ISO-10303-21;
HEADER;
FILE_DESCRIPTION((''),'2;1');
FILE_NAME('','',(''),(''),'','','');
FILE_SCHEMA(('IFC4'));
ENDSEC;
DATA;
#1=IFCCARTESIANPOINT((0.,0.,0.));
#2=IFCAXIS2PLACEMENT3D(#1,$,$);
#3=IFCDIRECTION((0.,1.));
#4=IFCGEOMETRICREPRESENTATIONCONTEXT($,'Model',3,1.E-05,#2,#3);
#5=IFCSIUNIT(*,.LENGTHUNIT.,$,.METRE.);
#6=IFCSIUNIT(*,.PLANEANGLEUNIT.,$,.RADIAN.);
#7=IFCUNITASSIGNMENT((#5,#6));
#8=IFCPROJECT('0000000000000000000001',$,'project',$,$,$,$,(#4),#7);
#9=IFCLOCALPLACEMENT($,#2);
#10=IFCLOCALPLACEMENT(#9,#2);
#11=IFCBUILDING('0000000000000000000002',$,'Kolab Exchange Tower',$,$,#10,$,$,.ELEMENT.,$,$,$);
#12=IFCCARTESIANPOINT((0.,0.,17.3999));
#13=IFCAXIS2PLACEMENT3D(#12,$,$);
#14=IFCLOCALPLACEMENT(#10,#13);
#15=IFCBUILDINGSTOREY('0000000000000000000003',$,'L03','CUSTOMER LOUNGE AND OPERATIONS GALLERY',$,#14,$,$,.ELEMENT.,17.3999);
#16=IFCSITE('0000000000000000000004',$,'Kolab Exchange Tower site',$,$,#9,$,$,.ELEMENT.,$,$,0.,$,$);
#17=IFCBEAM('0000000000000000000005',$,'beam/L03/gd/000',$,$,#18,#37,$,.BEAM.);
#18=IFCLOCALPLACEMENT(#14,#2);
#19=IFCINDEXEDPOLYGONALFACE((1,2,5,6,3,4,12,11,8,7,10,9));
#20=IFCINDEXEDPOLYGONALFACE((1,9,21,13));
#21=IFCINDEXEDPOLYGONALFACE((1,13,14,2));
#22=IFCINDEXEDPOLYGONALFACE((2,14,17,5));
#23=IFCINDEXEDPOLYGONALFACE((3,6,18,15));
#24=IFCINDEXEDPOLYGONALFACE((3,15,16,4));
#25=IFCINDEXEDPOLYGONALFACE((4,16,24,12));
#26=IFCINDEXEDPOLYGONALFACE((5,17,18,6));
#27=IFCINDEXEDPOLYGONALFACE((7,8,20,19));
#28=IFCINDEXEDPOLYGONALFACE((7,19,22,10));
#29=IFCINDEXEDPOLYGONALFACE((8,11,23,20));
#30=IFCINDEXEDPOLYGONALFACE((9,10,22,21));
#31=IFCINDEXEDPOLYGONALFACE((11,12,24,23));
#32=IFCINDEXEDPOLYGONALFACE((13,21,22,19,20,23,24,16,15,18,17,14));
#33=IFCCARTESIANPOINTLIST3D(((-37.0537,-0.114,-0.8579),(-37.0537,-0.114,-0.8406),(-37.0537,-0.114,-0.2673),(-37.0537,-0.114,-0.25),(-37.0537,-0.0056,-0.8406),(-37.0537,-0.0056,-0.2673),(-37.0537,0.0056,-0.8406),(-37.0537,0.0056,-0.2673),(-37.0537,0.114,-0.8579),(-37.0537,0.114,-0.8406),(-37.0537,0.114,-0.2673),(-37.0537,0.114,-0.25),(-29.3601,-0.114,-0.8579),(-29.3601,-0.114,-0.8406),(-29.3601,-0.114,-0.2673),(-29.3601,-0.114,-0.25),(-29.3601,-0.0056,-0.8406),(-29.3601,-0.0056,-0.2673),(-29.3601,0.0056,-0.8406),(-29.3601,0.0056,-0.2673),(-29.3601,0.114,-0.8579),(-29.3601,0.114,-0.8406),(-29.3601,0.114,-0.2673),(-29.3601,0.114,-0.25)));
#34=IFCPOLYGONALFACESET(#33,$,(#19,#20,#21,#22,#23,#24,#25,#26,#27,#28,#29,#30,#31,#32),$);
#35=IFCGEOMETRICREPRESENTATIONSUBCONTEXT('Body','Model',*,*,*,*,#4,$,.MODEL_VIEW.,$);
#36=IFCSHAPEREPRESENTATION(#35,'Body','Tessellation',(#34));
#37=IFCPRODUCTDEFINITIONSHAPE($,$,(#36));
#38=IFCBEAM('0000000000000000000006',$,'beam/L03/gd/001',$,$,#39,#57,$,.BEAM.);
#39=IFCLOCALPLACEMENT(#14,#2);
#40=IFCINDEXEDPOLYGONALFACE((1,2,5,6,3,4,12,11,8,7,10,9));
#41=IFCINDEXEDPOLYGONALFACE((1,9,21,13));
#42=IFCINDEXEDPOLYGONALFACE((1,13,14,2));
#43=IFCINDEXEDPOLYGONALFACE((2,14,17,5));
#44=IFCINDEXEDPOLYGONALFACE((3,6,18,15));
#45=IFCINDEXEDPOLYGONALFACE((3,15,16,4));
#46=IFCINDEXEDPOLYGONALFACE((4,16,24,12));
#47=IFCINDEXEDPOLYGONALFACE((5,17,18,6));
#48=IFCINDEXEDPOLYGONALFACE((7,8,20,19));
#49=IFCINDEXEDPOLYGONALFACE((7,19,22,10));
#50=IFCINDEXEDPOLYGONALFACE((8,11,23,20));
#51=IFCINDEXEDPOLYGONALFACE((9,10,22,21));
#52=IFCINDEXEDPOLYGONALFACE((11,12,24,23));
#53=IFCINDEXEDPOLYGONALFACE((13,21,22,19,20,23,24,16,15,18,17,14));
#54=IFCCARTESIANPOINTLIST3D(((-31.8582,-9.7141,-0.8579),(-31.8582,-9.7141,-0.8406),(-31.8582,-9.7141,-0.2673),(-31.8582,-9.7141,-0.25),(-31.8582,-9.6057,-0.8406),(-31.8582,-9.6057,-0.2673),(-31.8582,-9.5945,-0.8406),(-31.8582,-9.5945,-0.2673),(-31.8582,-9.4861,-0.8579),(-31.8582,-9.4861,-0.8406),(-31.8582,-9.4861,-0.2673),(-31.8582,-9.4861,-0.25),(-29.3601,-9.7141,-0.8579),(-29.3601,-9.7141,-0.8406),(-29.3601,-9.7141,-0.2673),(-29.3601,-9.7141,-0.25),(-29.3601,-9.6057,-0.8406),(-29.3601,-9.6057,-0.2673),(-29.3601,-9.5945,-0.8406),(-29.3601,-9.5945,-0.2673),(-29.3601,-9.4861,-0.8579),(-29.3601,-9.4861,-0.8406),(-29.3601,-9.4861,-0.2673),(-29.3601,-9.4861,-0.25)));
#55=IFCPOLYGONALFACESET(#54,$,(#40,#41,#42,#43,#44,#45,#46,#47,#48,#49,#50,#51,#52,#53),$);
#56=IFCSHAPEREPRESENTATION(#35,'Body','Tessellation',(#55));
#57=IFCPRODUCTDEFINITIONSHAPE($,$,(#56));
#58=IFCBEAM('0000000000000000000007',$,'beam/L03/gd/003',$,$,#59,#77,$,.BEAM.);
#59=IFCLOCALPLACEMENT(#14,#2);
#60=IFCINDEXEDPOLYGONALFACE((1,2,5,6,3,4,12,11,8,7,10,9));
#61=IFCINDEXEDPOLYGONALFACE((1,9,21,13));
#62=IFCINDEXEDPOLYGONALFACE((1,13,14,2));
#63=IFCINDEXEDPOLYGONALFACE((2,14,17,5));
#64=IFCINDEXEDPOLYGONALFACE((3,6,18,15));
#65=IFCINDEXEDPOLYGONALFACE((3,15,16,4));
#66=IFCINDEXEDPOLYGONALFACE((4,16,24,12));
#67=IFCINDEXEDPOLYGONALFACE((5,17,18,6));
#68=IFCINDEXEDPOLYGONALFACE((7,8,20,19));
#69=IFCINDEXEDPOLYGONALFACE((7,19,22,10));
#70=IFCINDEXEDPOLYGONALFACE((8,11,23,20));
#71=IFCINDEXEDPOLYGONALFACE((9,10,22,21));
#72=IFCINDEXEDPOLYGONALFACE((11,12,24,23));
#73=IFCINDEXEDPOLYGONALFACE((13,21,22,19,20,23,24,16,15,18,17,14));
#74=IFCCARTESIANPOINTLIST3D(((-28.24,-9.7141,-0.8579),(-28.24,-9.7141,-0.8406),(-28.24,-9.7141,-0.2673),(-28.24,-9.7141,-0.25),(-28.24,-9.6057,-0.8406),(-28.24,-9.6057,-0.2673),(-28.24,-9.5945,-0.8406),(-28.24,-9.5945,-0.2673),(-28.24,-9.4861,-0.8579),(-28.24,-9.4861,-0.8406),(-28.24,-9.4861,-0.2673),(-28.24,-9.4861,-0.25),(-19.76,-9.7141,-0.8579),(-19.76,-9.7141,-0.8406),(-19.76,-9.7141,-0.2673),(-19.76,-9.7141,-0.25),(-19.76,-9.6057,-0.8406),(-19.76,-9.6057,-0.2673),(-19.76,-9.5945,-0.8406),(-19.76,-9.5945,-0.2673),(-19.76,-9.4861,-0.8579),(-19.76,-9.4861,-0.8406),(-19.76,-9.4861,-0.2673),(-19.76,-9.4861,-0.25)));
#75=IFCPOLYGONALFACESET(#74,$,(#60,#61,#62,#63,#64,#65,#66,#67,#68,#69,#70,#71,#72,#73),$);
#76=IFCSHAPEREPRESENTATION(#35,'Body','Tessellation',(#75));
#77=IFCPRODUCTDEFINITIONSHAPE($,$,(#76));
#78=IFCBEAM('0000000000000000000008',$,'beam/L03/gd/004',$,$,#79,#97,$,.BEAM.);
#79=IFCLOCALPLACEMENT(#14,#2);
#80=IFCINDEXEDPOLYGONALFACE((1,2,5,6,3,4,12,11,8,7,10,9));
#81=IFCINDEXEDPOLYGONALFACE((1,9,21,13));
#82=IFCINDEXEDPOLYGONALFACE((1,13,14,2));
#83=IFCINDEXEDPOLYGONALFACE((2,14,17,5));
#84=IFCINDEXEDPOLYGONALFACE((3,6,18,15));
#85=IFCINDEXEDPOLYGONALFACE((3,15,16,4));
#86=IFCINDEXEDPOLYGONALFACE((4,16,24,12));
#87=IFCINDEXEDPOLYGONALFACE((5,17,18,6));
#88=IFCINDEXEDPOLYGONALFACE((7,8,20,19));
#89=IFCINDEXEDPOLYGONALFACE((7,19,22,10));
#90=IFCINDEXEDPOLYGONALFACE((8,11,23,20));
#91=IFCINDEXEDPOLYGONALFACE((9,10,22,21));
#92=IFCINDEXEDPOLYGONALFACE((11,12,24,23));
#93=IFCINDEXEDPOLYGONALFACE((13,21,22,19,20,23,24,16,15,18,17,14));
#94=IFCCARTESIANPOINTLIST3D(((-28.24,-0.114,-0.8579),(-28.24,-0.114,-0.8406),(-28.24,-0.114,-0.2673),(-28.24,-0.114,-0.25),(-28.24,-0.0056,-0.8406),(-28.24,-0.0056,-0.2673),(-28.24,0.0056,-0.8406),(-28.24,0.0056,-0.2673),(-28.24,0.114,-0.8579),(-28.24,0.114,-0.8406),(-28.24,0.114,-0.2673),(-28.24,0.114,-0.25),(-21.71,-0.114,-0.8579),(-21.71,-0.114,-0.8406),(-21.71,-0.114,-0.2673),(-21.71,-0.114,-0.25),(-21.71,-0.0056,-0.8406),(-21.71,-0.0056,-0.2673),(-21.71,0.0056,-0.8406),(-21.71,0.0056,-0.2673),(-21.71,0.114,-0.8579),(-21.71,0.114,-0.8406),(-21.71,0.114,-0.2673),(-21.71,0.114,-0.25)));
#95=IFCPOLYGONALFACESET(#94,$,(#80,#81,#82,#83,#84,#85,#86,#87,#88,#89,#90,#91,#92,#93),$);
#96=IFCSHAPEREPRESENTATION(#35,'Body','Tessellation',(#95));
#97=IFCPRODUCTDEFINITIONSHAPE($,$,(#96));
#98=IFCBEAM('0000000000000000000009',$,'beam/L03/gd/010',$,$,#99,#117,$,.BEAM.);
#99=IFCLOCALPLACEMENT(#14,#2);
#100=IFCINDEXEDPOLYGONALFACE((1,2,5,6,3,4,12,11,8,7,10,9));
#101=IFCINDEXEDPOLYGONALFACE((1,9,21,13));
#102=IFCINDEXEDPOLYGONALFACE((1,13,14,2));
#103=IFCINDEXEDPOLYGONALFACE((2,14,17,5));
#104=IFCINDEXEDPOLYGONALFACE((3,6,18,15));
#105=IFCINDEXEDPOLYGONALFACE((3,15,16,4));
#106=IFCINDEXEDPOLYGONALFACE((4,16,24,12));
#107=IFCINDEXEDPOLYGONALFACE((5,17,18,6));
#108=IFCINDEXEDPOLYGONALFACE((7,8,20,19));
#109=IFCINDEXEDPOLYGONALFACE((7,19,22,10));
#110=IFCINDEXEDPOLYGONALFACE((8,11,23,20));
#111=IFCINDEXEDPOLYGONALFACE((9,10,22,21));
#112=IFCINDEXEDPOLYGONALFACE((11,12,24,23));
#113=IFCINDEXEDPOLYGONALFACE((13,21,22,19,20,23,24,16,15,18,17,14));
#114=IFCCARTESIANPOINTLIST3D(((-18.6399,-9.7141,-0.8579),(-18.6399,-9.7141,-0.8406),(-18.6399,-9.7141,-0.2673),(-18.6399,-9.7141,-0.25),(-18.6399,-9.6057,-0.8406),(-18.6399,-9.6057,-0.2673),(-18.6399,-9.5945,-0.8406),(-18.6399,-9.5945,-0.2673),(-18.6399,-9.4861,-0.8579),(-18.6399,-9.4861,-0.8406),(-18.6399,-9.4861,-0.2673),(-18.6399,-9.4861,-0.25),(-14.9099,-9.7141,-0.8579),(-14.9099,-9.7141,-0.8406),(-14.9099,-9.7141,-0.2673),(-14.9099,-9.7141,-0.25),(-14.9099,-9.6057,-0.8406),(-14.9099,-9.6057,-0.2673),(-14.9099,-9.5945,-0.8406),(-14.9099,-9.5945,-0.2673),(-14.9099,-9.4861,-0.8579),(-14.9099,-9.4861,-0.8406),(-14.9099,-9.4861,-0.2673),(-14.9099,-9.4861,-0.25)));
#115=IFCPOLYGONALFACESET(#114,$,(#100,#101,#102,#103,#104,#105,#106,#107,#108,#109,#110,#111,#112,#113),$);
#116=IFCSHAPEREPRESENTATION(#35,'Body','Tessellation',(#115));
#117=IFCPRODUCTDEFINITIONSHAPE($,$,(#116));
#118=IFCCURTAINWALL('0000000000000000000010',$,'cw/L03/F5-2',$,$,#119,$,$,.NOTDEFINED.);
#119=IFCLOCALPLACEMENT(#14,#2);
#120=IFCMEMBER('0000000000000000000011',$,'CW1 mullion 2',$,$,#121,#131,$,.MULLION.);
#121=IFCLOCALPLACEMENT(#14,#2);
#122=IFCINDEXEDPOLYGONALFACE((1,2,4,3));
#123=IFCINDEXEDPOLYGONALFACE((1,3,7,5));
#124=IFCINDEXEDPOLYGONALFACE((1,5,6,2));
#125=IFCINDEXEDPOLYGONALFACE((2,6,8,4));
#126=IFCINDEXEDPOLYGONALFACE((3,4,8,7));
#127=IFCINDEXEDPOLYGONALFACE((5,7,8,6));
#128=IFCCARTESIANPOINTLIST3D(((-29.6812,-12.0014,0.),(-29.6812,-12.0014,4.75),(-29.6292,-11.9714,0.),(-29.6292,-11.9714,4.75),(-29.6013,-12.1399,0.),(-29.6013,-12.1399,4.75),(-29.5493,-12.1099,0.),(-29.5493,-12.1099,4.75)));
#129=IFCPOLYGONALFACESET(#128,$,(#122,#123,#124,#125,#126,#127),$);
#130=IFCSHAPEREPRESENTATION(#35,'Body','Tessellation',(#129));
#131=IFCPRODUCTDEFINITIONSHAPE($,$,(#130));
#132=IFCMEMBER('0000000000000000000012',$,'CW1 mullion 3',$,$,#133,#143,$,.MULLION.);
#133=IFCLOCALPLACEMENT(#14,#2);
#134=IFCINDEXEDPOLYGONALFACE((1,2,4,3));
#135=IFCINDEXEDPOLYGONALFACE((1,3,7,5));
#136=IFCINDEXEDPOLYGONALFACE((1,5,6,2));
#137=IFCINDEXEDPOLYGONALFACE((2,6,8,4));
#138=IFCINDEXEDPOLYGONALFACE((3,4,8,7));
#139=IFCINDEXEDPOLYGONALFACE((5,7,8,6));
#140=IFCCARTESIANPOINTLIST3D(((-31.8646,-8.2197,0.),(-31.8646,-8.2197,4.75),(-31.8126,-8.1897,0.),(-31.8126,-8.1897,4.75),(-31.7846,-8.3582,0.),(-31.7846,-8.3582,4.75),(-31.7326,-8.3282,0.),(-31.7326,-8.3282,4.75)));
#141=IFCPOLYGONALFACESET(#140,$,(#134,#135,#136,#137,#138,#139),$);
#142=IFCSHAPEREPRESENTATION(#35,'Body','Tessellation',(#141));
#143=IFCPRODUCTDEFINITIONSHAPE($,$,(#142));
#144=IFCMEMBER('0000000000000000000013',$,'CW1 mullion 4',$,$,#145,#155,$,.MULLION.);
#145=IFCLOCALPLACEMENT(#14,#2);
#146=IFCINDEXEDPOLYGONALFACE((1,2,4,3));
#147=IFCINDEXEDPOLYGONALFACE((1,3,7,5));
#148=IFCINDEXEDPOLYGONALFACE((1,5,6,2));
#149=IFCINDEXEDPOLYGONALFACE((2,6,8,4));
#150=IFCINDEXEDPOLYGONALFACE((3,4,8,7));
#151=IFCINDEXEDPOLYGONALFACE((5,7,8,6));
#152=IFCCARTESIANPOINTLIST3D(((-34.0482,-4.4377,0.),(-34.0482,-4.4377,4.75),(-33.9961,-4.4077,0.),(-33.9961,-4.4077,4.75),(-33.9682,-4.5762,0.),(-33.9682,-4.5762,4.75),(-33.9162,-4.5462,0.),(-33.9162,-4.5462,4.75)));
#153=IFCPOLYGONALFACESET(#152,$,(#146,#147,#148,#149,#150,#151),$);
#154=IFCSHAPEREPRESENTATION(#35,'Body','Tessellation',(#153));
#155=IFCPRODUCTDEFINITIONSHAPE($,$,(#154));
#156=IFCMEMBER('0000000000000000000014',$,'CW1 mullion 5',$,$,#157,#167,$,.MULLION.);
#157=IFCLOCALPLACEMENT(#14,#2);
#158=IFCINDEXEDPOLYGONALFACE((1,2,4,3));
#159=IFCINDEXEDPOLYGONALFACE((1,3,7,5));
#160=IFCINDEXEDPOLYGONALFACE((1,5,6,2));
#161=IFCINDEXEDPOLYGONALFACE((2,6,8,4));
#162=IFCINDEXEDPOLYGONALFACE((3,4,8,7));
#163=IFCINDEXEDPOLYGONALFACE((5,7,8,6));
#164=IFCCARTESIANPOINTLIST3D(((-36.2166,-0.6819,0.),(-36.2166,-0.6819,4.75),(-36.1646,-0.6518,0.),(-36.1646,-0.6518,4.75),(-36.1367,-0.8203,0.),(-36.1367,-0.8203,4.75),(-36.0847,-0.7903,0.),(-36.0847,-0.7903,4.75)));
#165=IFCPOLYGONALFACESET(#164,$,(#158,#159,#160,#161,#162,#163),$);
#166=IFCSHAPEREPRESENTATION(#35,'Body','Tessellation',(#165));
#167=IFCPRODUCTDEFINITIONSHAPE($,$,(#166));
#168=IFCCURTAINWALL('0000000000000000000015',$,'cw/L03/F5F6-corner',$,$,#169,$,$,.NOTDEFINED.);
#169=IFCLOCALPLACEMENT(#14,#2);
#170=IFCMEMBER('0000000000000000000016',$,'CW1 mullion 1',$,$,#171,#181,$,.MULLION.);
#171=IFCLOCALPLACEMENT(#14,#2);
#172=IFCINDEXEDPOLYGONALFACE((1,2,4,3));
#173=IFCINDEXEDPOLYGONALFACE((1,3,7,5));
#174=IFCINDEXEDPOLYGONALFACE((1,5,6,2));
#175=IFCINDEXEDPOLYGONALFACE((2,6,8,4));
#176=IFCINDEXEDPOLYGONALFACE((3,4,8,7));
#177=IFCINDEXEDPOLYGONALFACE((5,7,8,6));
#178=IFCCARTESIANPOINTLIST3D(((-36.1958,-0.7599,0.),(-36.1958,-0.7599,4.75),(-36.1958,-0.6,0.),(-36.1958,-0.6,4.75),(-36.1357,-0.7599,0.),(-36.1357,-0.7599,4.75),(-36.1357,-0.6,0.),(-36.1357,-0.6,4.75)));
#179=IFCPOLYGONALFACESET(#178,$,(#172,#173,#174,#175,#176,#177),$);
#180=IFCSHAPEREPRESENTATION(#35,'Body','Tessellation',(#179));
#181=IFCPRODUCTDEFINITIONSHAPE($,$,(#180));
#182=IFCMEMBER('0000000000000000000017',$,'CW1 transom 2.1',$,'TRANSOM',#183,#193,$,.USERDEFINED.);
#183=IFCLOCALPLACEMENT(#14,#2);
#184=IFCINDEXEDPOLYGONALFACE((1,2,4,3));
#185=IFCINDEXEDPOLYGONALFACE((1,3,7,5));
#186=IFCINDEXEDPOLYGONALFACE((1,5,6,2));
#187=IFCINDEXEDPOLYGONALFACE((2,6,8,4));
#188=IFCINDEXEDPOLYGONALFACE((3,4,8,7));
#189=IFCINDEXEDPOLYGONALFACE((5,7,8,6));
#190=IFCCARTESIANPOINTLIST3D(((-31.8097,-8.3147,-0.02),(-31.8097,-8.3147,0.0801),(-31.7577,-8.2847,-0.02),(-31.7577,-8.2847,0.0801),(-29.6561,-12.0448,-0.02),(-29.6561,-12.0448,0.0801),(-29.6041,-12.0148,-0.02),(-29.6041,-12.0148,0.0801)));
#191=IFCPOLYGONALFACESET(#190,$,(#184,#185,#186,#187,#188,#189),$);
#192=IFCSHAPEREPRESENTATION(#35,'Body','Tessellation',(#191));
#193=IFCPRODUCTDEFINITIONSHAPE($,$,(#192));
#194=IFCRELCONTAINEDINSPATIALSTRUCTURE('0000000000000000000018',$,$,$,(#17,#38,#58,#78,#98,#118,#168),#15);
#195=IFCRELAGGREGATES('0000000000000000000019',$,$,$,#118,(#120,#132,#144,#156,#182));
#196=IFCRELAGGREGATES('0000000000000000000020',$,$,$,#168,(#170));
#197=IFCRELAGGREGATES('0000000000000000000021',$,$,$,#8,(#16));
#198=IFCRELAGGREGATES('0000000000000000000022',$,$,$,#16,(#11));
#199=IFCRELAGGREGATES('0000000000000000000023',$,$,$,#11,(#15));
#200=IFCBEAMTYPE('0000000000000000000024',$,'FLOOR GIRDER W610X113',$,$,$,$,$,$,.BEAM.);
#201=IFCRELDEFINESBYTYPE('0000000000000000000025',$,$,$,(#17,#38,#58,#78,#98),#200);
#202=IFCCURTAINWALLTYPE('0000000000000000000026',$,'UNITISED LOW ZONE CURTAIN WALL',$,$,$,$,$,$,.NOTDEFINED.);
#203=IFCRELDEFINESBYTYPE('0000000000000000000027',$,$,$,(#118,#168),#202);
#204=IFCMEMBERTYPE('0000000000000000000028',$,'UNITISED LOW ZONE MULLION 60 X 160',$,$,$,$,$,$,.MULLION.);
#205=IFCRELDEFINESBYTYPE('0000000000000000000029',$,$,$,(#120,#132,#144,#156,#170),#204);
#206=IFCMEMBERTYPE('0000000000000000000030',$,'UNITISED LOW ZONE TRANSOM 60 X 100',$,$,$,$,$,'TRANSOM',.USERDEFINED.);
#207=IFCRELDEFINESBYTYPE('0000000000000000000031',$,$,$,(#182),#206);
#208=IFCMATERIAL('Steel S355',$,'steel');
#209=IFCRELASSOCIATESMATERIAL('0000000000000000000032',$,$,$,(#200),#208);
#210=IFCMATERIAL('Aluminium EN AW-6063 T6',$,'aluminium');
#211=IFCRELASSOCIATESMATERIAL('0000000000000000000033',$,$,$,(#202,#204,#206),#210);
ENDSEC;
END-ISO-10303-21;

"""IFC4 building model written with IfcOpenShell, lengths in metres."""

from ifc_helpers import new_model, si_unit, direction, frame, origin, origin_2d, place, context, subcontext, project, spatial, rectangle, i_section, extrude, material, material_profile, profile_set, type_object, element, aggregate, save


model = new_model("IFC4")

# Units and contexts
model_context = context("Model", 3, precision=1e-05, world=origin(), true_north=direction((0.0, 1.0)))
body_context = subcontext(model_context, "Body", "Model", "MODEL_VIEW")
ifc_project = project(units=[si_unit("LENGTHUNIT", "METRE"), si_unit("PLANEANGLEUNIT", "RADIAN")], contexts=[model_context])

# Site, building, storey
site_placement = place(None, origin())
site = spatial("IfcSite", under=ifc_project, at=site_placement, Name="Kolab Exchange Tower site", CompositionType="ELEMENT", RefElevation=0.0)
building_placement = place(site_placement, origin())
building = spatial("IfcBuilding", under=site, at=building_placement, Name="Kolab Exchange Tower", CompositionType="ELEMENT")
storey_placement = place(building_placement, frame((0.0, 0.0, 17.3999)))
storey = spatial("IfcBuildingStorey", under=building, at=storey_placement, Name="L03", Description="CUSTOMER LOUNGE AND OPERATIONS GALLERY", CompositionType="ELEMENT", Elevation=17.3999)

# Beams
ifc_material_1 = material(Name="Steel S355", Category="steel")
ifc_material_profile_1 = material_profile(ifc_material_1, i_section(OverallWidth=0.228, OverallDepth=0.6079, WebThickness=0.0112, FlangeThickness=0.0173, at=origin_2d()), Name="W610X113")
ifc_profile_set_1 = profile_set([ifc_material_profile_1], Name="Steel S355")
beam_type_1 = type_object("IfcBeamType", Name="FLOOR GIRDER W610X113", PredefinedType="BEAM", material=ifc_profile_set_1)
beam_1_placement = place(storey_placement, frame((-37.0537, 0.0, -0.554), z_axis=(1.0, 0.0, 0.0), x_axis=(0.0, 1.0, 0.0)))
element("IfcBeam", 1, at=beam_1_placement, inside=storey, type_object=beam_type_1, Name="beam/L03/gd/000", PredefinedType="BEAM", context=body_context, shape_type="SweptSolid", body=[
    extrude(i_section(OverallWidth=0.228, OverallDepth=0.6079, WebThickness=0.0112, FlangeThickness=0.0173, at=origin_2d()), origin(), (0.0, 0.0, 1.0), 7.6936),
])
beam_2_placement = place(storey_placement, frame((-31.8582, -9.6001, -0.554), z_axis=(1.0, 0.0, 0.0), x_axis=(0.0, 1.0, 0.0)))
element("IfcBeam", 2, at=beam_2_placement, inside=storey, type_object=beam_type_1, Name="beam/L03/gd/001", PredefinedType="BEAM", context=body_context, shape_type="SweptSolid", body=[
    extrude(i_section(OverallWidth=0.228, OverallDepth=0.6079, WebThickness=0.0112, FlangeThickness=0.0173, at=origin_2d()), origin(), (0.0, 0.0, 1.0), 2.498),
])
beam_3_placement = place(storey_placement, frame((-28.24, -9.6001, -0.554), z_axis=(1.0, 0.0, 0.0), x_axis=(0.0, 1.0, 0.0)))
element("IfcBeam", 3, at=beam_3_placement, inside=storey, type_object=beam_type_1, Name="beam/L03/gd/003", PredefinedType="BEAM", context=body_context, shape_type="SweptSolid", body=[
    extrude(i_section(OverallWidth=0.228, OverallDepth=0.6079, WebThickness=0.0112, FlangeThickness=0.0173, at=origin_2d()), origin(), (0.0, 0.0, 1.0), 8.48),
])
beam_4_placement = place(storey_placement, frame((-28.24, 0.0, -0.554), z_axis=(1.0, 0.0, 0.0), x_axis=(0.0, 1.0, 0.0)))
element("IfcBeam", 4, at=beam_4_placement, inside=storey, type_object=beam_type_1, Name="beam/L03/gd/004", PredefinedType="BEAM", context=body_context, shape_type="SweptSolid", body=[
    extrude(i_section(OverallWidth=0.228, OverallDepth=0.6079, WebThickness=0.0112, FlangeThickness=0.0173, at=origin_2d()), origin(), (0.0, 0.0, 1.0), 6.53),
])
beam_5_placement = place(storey_placement, frame((-18.6399, -9.6001, -0.554), z_axis=(1.0, 0.0, 0.0), x_axis=(0.0, 1.0, 0.0)))
element("IfcBeam", 5, at=beam_5_placement, inside=storey, type_object=beam_type_1, Name="beam/L03/gd/010", PredefinedType="BEAM", context=body_context, shape_type="SweptSolid", body=[
    extrude(i_section(OverallWidth=0.228, OverallDepth=0.6079, WebThickness=0.0112, FlangeThickness=0.0173, at=origin_2d()), origin(), (0.0, 0.0, 1.0), 3.73),
])

# Curtain wall, members
ifc_material_2 = material(Name="Aluminium EN AW-6063 T6", Category="aluminium")
curtain_wall_type = type_object("IfcCurtainWallType", Name="UNITISED LOW ZONE CURTAIN WALL", PredefinedType="NOTDEFINED", material=ifc_material_2)
curtain_wall_1_placement = place(storey_placement, origin())
curtain_wall_1 = element("IfcCurtainWall", 6, at=curtain_wall_1_placement, inside=storey, type_object=curtain_wall_type, Name="cw/L03/F5-2", PredefinedType="NOTDEFINED")
ifc_material_profile_2 = material_profile(ifc_material_2, rectangle(XDim=0.0601, YDim=0.1599, at=origin_2d()), Name="RECT 60X160")
ifc_profile_set_2 = profile_set([ifc_material_profile_2], Name="Aluminium EN AW-6063 T6")
member_type_1 = type_object("IfcMemberType", Name="UNITISED LOW ZONE MULLION 60 X 160", PredefinedType="MULLION", material=ifc_profile_set_2)
member_1_placement = place(storey_placement, frame((-29.6152, -12.0557, 0.0), z_axis=(0.0, 0.0, 1.0), x_axis=(-0.866025, -0.5, 0.0)))
member_1 = element("IfcMember", 7, at=member_1_placement, type_object=member_type_1, Name="CW1 mullion 2", PredefinedType="MULLION", context=body_context, shape_type="SweptSolid", body=[
    extrude(rectangle(XDim=0.0601, YDim=0.1599, at=origin_2d()), origin(), (0.0, 0.0, 1.0), 4.75),
])
member_2_placement = place(storey_placement, frame((-31.7986, -8.2739, 0.0), z_axis=(0.0, 0.0, 1.0), x_axis=(-0.866025, -0.5, 0.0)))
member_2 = element("IfcMember", 8, at=member_2_placement, type_object=member_type_1, Name="CW1 mullion 3", PredefinedType="MULLION", context=body_context, shape_type="SweptSolid", body=[
    extrude(rectangle(XDim=0.0601, YDim=0.1599, at=origin_2d()), origin(), (0.0, 0.0, 1.0), 4.75),
])
member_3_placement = place(storey_placement, frame((-33.9822, -4.4919, 0.0), z_axis=(0.0, 0.0, 1.0), x_axis=(-0.866025, -0.5, 0.0)))
member_3 = element("IfcMember", 9, at=member_3_placement, type_object=member_type_1, Name="CW1 mullion 4", PredefinedType="MULLION", context=body_context, shape_type="SweptSolid", body=[
    extrude(rectangle(XDim=0.0601, YDim=0.1599, at=origin_2d()), origin(), (0.0, 0.0, 1.0), 4.75),
])
member_4_placement = place(storey_placement, frame((-36.1506, -0.7361, 0.0), z_axis=(0.0, 0.0, 1.0), x_axis=(-0.866025, -0.5, 0.0)))
member_4 = element("IfcMember", 10, at=member_4_placement, type_object=member_type_1, Name="CW1 mullion 5", PredefinedType="MULLION", context=body_context, shape_type="SweptSolid", body=[
    extrude(rectangle(XDim=0.0601, YDim=0.1599, at=origin_2d()), origin(), (0.0, 0.0, 1.0), 4.75),
])

# Curtain wall, member
curtain_wall_2_placement = place(storey_placement, origin())
curtain_wall_2 = element("IfcCurtainWall", 11, at=curtain_wall_2_placement, inside=storey, type_object=curtain_wall_type, Name="cw/L03/F5F6-corner", PredefinedType="NOTDEFINED")
member_5_placement = place(storey_placement, frame((-36.1658, -0.6799, 0.0), z_axis=(0.0, 0.0, 1.0), x_axis=(-1.0, 0.0, 0.0)))
member_5 = element("IfcMember", 12, at=member_5_placement, type_object=member_type_1, Name="CW1 mullion 1", PredefinedType="MULLION", context=body_context, shape_type="SweptSolid", body=[
    extrude(rectangle(XDim=0.0601, YDim=0.1599, at=origin_2d()), origin(), (0.0, 0.0, 1.0), 4.75),
])

# Member
ifc_material_profile_3 = material_profile(ifc_material_2, rectangle(XDim=0.0601, YDim=0.1001, at=origin_2d()), Name="RECT 60X100")
ifc_profile_set_3 = profile_set([ifc_material_profile_3], Name="Aluminium EN AW-6063 T6")
member_type_2 = type_object("IfcMemberType", Name="UNITISED LOW ZONE TRANSOM 60 X 100", ElementType="TRANSOM", PredefinedType="USERDEFINED", material=ifc_profile_set_3)
member_6_placement = place(storey_placement, frame((-29.6301, -12.0298, 0.03), z_axis=(-0.50001, 0.866019, 0.0), x_axis=(-0.866019, -0.50001, 0.0)))
member_6 = element("IfcMember", 13, at=member_6_placement, type_object=member_type_2, Name="CW1 transom 2.1", ObjectType="TRANSOM", PredefinedType="USERDEFINED", context=body_context, shape_type="SweptSolid", body=[
    extrude(rectangle(XDim=0.0601, YDim=0.1001, at=origin_2d()), origin(), (0.0, 0.0, 1.0), 4.3071),
])

aggregate(curtain_wall_1, [member_1, member_2, member_3, member_4, member_6])
aggregate(curtain_wall_2, [member_5])

save(model, "model.ifc")
